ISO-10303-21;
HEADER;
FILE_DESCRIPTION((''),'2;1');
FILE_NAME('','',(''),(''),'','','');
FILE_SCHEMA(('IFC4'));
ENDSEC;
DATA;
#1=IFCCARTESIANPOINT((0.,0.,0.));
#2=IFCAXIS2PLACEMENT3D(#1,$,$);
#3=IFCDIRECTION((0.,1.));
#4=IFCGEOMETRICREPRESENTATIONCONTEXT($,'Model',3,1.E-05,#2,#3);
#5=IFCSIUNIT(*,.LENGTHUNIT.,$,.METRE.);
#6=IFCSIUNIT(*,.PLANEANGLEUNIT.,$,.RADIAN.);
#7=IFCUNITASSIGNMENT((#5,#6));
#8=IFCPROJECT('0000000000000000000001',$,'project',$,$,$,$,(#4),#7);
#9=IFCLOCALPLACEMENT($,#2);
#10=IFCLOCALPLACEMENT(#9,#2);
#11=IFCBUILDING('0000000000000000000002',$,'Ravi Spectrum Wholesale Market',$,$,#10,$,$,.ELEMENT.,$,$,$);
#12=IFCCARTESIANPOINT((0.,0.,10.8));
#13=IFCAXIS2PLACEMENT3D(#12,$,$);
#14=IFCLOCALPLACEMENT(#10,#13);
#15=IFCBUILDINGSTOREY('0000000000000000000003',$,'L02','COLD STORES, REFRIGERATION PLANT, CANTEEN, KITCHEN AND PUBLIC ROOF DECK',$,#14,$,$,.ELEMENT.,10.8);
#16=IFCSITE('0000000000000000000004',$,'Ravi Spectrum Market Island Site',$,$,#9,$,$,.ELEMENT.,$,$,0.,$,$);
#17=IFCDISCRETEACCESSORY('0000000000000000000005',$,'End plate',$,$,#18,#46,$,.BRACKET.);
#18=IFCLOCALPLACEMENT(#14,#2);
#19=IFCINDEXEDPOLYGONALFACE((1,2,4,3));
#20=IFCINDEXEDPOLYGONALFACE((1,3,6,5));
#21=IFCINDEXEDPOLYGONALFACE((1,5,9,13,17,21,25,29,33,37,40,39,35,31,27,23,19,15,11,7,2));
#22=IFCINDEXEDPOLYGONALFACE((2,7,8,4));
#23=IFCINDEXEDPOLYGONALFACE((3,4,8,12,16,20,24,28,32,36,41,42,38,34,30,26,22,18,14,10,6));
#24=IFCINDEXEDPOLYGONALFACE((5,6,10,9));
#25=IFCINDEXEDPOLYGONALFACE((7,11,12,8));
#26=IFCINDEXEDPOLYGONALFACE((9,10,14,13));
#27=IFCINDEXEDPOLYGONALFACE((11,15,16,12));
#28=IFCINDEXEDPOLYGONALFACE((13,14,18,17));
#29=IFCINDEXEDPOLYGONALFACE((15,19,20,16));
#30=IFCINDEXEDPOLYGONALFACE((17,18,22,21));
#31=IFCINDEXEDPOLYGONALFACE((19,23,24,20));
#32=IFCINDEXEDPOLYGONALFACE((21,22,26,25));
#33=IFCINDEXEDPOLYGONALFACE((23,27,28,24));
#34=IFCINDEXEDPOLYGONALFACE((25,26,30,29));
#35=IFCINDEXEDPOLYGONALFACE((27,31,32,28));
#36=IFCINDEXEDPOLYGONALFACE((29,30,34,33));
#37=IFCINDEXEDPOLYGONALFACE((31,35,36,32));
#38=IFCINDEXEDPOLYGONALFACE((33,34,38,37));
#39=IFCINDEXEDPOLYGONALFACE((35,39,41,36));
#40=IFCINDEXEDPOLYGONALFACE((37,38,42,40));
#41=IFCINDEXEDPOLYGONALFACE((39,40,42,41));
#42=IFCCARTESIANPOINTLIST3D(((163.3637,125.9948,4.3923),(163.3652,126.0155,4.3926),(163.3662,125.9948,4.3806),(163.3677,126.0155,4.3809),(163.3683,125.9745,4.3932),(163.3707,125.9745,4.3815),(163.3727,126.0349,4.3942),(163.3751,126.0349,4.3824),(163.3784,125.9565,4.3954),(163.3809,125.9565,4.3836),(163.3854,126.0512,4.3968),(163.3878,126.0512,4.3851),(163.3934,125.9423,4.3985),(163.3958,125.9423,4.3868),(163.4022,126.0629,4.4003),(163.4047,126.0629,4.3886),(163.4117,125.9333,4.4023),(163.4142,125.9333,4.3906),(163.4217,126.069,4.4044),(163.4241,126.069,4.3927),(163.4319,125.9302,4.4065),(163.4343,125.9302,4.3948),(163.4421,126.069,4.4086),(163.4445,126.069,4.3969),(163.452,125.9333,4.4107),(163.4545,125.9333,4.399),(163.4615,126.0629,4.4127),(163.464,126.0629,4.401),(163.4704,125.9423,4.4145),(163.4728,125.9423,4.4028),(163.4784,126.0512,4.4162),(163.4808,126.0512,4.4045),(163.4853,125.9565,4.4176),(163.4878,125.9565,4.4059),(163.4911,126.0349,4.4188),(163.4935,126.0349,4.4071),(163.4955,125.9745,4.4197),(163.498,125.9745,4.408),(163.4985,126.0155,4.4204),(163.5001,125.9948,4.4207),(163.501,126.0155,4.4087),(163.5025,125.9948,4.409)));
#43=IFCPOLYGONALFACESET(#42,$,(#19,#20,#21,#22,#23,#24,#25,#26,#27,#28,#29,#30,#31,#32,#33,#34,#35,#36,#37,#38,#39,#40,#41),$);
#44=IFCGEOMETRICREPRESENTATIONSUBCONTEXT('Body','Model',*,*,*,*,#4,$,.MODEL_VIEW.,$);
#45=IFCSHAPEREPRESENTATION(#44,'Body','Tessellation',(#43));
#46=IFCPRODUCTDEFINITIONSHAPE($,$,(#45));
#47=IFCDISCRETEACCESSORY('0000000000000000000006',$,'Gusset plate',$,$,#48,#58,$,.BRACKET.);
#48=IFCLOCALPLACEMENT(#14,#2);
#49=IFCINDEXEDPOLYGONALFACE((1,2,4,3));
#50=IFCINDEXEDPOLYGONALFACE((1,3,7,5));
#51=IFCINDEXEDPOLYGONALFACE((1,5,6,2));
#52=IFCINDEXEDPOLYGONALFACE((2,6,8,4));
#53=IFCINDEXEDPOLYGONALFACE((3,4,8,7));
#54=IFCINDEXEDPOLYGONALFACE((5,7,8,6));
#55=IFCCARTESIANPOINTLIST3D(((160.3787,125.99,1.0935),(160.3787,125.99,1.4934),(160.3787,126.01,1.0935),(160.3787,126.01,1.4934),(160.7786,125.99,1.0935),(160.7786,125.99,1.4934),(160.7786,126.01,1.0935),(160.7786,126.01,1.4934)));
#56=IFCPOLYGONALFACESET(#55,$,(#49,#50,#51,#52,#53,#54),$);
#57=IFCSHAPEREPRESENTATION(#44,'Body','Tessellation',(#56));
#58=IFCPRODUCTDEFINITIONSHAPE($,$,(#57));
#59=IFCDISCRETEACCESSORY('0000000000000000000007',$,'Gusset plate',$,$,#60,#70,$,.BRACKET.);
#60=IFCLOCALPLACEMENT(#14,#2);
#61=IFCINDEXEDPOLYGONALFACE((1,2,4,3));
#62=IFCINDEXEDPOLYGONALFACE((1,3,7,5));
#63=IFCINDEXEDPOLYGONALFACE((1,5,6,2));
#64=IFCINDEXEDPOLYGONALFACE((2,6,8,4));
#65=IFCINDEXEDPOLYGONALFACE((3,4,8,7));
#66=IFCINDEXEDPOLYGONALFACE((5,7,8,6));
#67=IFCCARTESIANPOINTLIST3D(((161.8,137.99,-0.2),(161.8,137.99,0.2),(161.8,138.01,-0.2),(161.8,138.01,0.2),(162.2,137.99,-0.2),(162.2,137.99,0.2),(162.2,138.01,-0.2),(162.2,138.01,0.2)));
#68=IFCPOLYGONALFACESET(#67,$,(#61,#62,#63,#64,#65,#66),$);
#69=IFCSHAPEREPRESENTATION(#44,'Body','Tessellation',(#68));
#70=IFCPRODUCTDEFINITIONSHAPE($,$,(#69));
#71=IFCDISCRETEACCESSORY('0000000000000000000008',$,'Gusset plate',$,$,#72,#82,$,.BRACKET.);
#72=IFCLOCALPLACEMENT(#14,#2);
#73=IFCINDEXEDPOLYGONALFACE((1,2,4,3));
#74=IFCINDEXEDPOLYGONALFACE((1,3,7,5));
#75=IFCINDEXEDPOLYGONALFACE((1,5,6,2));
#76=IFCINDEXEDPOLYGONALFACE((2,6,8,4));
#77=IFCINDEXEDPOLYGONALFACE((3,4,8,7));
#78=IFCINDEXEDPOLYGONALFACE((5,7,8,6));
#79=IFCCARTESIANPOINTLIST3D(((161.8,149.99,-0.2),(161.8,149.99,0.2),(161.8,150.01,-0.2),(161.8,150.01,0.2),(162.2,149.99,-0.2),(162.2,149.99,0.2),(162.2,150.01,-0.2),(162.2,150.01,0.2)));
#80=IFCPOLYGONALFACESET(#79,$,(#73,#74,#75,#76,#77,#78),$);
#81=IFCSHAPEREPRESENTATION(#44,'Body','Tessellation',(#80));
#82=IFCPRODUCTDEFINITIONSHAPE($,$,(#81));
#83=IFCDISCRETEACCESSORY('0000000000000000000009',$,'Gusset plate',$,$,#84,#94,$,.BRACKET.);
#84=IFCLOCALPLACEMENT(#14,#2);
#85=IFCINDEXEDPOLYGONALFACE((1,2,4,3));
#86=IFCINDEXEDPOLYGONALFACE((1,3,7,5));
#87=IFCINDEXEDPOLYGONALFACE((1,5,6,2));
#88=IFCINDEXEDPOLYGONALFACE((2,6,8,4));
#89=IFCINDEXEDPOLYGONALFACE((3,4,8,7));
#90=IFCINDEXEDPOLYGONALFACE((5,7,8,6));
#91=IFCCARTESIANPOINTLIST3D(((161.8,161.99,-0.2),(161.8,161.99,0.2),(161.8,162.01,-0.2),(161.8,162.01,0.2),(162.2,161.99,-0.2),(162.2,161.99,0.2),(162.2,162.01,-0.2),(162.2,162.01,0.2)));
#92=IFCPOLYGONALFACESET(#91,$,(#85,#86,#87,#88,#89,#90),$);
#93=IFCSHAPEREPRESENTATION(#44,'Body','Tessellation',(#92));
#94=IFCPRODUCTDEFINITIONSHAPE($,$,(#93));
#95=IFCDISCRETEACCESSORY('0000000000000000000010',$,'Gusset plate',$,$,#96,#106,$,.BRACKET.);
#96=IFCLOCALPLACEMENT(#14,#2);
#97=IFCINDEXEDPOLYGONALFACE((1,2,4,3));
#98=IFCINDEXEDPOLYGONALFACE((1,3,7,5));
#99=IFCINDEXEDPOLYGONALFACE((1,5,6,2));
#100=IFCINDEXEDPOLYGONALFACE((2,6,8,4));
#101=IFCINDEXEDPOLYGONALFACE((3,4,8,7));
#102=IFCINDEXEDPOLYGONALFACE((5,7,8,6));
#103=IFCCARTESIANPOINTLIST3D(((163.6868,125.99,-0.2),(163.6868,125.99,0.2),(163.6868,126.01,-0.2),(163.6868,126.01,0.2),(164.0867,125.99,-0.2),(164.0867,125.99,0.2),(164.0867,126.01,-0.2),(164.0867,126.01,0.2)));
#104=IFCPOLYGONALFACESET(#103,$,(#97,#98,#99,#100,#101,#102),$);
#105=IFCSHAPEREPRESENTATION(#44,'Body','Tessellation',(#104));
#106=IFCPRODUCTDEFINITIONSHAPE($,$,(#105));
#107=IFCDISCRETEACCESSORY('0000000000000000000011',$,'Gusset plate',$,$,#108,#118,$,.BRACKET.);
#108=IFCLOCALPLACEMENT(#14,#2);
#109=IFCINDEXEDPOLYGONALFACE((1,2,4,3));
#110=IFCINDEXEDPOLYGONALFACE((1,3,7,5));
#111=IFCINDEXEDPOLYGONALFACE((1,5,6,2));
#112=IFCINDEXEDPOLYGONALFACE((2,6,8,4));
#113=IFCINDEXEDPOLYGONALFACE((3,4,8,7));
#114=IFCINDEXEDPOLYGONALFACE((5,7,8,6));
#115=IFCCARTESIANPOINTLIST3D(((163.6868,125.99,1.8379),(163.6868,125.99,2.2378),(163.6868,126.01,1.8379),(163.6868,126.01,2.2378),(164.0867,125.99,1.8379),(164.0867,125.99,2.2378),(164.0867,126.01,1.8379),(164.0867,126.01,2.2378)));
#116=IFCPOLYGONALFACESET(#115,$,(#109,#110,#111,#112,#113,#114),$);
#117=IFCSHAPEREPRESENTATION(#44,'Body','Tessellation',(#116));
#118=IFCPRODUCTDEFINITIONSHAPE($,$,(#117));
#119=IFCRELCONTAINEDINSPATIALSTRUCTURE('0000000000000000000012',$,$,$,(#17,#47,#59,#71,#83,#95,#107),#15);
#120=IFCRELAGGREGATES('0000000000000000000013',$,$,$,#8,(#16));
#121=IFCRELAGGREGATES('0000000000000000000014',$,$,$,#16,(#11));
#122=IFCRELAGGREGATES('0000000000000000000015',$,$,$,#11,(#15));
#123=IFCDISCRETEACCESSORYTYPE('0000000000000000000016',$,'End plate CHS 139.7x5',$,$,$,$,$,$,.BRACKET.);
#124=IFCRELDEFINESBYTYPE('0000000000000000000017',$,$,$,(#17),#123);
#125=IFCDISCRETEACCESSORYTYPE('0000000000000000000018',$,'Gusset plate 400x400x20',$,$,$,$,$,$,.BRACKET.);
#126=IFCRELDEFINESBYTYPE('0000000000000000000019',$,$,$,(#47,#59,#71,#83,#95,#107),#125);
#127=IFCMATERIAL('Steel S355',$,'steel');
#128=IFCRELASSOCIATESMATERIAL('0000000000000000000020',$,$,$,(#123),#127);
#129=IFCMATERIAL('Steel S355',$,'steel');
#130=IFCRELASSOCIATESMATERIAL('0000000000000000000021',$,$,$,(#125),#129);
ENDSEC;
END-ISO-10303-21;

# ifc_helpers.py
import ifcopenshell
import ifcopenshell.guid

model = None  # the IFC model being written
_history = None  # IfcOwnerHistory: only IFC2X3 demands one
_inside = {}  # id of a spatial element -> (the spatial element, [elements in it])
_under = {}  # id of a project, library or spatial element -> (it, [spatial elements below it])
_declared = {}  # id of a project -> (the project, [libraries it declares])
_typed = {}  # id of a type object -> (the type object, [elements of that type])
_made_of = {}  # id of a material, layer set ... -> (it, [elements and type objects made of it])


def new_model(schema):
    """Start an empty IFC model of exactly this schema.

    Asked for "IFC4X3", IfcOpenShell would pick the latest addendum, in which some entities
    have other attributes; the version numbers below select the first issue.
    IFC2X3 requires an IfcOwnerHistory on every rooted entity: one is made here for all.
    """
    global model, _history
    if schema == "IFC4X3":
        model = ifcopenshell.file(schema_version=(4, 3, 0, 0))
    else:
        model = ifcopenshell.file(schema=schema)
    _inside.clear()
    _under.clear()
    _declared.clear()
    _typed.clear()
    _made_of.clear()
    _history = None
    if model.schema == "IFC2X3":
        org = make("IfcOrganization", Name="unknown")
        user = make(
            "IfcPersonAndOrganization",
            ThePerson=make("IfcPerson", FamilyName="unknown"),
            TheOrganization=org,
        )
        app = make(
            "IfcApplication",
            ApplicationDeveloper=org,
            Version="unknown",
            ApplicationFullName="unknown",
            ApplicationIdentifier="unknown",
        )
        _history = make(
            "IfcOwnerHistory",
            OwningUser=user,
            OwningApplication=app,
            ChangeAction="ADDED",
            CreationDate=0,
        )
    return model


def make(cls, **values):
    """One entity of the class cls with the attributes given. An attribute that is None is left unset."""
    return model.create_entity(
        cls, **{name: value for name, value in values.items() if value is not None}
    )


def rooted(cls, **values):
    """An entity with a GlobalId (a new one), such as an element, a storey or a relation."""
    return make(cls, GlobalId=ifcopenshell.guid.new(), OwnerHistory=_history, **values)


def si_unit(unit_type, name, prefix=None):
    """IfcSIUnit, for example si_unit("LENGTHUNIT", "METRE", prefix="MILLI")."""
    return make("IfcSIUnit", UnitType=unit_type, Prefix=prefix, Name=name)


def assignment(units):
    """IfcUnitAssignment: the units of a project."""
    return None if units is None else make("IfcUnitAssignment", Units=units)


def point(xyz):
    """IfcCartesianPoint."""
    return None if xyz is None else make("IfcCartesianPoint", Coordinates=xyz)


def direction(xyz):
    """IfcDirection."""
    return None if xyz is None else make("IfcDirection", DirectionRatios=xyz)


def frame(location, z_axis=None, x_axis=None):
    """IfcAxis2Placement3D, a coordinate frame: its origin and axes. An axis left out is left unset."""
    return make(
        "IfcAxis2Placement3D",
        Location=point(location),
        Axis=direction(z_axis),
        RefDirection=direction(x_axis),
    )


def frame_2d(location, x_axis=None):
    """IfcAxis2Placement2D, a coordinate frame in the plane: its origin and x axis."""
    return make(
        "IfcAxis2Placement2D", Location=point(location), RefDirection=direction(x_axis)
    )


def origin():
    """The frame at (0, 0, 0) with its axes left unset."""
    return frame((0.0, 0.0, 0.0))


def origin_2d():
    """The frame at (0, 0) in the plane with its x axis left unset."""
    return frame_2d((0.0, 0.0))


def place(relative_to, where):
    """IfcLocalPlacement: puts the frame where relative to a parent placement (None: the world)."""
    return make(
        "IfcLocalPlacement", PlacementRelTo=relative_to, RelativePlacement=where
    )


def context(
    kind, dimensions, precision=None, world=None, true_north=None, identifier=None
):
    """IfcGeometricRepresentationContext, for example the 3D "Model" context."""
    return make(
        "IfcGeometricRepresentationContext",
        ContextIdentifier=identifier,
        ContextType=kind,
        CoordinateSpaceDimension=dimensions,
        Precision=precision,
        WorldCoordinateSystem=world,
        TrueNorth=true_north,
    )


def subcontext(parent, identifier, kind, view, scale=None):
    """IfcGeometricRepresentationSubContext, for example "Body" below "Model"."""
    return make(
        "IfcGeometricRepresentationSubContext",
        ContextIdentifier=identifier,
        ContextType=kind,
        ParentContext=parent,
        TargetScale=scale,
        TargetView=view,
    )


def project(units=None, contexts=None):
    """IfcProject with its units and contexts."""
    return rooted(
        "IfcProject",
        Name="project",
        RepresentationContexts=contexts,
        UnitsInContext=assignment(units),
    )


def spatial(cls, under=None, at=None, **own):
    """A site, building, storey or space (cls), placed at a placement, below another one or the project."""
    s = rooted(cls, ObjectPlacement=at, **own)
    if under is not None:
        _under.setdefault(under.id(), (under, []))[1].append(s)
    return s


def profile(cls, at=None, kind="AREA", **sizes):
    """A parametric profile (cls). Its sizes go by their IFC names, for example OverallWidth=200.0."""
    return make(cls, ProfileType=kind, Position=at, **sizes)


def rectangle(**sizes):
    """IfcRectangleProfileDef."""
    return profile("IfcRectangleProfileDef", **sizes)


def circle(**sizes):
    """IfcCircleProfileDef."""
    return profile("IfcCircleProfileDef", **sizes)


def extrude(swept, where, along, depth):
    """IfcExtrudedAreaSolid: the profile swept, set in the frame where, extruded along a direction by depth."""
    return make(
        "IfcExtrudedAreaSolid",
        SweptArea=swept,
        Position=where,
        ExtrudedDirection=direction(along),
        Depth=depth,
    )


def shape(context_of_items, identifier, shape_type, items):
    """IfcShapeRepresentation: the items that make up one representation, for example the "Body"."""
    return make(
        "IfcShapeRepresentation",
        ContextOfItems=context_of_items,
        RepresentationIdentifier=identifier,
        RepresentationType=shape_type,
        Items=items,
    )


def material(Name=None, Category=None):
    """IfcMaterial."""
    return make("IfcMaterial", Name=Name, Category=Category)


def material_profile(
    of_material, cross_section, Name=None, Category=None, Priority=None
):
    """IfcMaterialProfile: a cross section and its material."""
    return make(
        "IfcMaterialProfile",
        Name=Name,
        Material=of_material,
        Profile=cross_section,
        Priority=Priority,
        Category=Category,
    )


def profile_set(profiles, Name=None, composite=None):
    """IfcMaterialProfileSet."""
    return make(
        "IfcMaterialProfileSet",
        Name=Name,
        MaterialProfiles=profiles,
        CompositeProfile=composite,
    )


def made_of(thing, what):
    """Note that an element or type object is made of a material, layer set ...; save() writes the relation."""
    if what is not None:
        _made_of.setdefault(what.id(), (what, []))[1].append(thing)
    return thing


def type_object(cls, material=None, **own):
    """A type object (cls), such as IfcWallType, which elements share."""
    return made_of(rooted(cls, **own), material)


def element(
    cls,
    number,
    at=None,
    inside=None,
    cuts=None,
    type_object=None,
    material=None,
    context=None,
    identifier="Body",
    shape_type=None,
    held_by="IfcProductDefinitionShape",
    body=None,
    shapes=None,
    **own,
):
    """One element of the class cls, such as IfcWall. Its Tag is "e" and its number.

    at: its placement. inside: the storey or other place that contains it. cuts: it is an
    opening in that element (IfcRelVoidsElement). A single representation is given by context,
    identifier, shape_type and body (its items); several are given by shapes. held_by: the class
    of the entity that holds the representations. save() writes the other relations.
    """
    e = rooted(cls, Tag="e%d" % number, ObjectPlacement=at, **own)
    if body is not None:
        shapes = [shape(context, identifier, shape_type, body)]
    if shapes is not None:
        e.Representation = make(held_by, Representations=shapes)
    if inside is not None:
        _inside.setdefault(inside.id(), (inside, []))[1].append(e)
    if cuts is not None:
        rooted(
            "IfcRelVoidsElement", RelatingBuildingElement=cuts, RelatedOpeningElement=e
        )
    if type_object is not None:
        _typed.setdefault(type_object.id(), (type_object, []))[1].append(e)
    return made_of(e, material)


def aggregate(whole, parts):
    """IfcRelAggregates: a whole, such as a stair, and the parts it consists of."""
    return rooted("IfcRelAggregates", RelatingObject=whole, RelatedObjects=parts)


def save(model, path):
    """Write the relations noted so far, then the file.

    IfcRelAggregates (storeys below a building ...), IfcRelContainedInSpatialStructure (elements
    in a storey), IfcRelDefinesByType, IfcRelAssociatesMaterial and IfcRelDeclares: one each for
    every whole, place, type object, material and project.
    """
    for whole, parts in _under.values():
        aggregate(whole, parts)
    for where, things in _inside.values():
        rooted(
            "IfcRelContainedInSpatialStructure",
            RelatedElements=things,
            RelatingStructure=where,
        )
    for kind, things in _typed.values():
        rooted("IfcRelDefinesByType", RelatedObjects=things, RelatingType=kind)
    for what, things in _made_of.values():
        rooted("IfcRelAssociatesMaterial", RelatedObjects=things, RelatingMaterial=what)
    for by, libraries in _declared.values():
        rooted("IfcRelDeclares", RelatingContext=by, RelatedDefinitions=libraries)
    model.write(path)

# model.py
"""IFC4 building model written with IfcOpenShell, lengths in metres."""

from ifc_helpers import new_model, si_unit, direction, frame, origin, origin_2d, place, context, subcontext, project, spatial, rectangle, circle, extrude, material, material_profile, profile_set, type_object, element, save


model = new_model("IFC4")

# Units and contexts
model_context = context("Model", 3, precision=1e-05, world=origin(), true_north=direction((0.0, 1.0)))
body_context = subcontext(model_context, "Body", "Model", "MODEL_VIEW")
ifc_project = project(units=[si_unit("LENGTHUNIT", "METRE"), si_unit("PLANEANGLEUNIT", "RADIAN")], contexts=[model_context])

# Site, building, storey
site_placement = place(None, origin())
site = spatial("IfcSite", under=ifc_project, at=site_placement, Name="Ravi Spectrum Market Island Site", CompositionType="ELEMENT", RefElevation=0.0)
building_placement = place(site_placement, origin())
building = spatial("IfcBuilding", under=site, at=building_placement, Name="Ravi Spectrum Wholesale Market", CompositionType="ELEMENT")
storey_placement = place(building_placement, frame((0.0, 0.0, 10.8)))
storey = spatial("IfcBuildingStorey", under=building, at=storey_placement, Name="L02", Description="COLD STORES, REFRIGERATION PLANT, CANTEEN, KITCHEN AND PUBLIC ROOF DECK", CompositionType="ELEMENT", Elevation=10.8)

# Discrete accessories
ifc_material_1 = material(Name="Steel S355", Category="steel")
ifc_material_profile_1 = material_profile(ifc_material_1, circle(Radius=0.0698, at=origin_2d()))
ifc_profile_set_1 = profile_set([ifc_material_profile_1], Name="Steel S355")
discrete_accessory_type_1 = type_object("IfcDiscreteAccessoryType", Name="End plate CHS 139.7x5", PredefinedType="BRACKET", material=ifc_profile_set_1)
discrete_accessory_placement = place(storey_placement, frame((163.4343, 126.0, 4.3948), z_axis=(-0.203954, 0.0, 0.97898), x_axis=(0.0, -1.0, 0.0)))
element("IfcDiscreteAccessory", 1, at=discrete_accessory_placement, inside=storey, type_object=discrete_accessory_type_1, Name="End plate", PredefinedType="BRACKET", context=body_context, shape_type="SweptSolid", body=[
    extrude(circle(Radius=0.0698, at=origin_2d()), origin(), (0.0, 0.0, 1.0), 0.012),
])
ifc_material_2 = material(Name="Steel S355", Category="steel")
ifc_material_profile_2 = material_profile(ifc_material_2, rectangle(XDim=0.3999, YDim=0.02, at=origin_2d()))
ifc_profile_set_2 = profile_set([ifc_material_profile_2], Name="Steel S355")
discrete_accessory_type_2 = type_object("IfcDiscreteAccessoryType", Name="Gusset plate 400x400x20", PredefinedType="BRACKET", material=ifc_profile_set_2)
for number, where, z_axis, x_axis, name in (
    (2, (160.5786, 126.0, 1.0935), (0.0, 0.0, 1.0), (1.0, 0.0, 0.0), "Gusset plate"),
    (3, (162.0, 138.0, -0.2), (0.0, 0.0, 1.0), (1.0, 0.0, 0.0), "Gusset plate"),
    (4, (162.0, 150.0, -0.2), (0.0, 0.0, 1.0), (1.0, 0.0, 0.0), "Gusset plate"),
    (5, (162.0, 162.0, -0.2), (0.0, 0.0, 1.0), (1.0, 0.0, 0.0), "Gusset plate"),
    (6, (163.8867, 126.0, -0.2), (0.0, 0.0, 1.0), (1.0, 0.0, 0.0), "Gusset plate"),
    (7, (163.8867, 126.0, 1.8379), (0.0, 0.0, 1.0), (1.0, 0.0, 0.0), "Gusset plate"),
):
    element("IfcDiscreteAccessory", number, at=place(storey_placement, frame(where, z_axis=z_axis, x_axis=x_axis)), inside=storey, type_object=discrete_accessory_type_2, Name=name, PredefinedType="BRACKET", context=body_context, shape_type="SweptSolid", body=[
        extrude(rectangle(XDim=0.3999, YDim=0.02, at=origin_2d()), origin(), (0.0, 0.0, 1.0), 0.3999),
    ])

save(model, "model.ifc")
